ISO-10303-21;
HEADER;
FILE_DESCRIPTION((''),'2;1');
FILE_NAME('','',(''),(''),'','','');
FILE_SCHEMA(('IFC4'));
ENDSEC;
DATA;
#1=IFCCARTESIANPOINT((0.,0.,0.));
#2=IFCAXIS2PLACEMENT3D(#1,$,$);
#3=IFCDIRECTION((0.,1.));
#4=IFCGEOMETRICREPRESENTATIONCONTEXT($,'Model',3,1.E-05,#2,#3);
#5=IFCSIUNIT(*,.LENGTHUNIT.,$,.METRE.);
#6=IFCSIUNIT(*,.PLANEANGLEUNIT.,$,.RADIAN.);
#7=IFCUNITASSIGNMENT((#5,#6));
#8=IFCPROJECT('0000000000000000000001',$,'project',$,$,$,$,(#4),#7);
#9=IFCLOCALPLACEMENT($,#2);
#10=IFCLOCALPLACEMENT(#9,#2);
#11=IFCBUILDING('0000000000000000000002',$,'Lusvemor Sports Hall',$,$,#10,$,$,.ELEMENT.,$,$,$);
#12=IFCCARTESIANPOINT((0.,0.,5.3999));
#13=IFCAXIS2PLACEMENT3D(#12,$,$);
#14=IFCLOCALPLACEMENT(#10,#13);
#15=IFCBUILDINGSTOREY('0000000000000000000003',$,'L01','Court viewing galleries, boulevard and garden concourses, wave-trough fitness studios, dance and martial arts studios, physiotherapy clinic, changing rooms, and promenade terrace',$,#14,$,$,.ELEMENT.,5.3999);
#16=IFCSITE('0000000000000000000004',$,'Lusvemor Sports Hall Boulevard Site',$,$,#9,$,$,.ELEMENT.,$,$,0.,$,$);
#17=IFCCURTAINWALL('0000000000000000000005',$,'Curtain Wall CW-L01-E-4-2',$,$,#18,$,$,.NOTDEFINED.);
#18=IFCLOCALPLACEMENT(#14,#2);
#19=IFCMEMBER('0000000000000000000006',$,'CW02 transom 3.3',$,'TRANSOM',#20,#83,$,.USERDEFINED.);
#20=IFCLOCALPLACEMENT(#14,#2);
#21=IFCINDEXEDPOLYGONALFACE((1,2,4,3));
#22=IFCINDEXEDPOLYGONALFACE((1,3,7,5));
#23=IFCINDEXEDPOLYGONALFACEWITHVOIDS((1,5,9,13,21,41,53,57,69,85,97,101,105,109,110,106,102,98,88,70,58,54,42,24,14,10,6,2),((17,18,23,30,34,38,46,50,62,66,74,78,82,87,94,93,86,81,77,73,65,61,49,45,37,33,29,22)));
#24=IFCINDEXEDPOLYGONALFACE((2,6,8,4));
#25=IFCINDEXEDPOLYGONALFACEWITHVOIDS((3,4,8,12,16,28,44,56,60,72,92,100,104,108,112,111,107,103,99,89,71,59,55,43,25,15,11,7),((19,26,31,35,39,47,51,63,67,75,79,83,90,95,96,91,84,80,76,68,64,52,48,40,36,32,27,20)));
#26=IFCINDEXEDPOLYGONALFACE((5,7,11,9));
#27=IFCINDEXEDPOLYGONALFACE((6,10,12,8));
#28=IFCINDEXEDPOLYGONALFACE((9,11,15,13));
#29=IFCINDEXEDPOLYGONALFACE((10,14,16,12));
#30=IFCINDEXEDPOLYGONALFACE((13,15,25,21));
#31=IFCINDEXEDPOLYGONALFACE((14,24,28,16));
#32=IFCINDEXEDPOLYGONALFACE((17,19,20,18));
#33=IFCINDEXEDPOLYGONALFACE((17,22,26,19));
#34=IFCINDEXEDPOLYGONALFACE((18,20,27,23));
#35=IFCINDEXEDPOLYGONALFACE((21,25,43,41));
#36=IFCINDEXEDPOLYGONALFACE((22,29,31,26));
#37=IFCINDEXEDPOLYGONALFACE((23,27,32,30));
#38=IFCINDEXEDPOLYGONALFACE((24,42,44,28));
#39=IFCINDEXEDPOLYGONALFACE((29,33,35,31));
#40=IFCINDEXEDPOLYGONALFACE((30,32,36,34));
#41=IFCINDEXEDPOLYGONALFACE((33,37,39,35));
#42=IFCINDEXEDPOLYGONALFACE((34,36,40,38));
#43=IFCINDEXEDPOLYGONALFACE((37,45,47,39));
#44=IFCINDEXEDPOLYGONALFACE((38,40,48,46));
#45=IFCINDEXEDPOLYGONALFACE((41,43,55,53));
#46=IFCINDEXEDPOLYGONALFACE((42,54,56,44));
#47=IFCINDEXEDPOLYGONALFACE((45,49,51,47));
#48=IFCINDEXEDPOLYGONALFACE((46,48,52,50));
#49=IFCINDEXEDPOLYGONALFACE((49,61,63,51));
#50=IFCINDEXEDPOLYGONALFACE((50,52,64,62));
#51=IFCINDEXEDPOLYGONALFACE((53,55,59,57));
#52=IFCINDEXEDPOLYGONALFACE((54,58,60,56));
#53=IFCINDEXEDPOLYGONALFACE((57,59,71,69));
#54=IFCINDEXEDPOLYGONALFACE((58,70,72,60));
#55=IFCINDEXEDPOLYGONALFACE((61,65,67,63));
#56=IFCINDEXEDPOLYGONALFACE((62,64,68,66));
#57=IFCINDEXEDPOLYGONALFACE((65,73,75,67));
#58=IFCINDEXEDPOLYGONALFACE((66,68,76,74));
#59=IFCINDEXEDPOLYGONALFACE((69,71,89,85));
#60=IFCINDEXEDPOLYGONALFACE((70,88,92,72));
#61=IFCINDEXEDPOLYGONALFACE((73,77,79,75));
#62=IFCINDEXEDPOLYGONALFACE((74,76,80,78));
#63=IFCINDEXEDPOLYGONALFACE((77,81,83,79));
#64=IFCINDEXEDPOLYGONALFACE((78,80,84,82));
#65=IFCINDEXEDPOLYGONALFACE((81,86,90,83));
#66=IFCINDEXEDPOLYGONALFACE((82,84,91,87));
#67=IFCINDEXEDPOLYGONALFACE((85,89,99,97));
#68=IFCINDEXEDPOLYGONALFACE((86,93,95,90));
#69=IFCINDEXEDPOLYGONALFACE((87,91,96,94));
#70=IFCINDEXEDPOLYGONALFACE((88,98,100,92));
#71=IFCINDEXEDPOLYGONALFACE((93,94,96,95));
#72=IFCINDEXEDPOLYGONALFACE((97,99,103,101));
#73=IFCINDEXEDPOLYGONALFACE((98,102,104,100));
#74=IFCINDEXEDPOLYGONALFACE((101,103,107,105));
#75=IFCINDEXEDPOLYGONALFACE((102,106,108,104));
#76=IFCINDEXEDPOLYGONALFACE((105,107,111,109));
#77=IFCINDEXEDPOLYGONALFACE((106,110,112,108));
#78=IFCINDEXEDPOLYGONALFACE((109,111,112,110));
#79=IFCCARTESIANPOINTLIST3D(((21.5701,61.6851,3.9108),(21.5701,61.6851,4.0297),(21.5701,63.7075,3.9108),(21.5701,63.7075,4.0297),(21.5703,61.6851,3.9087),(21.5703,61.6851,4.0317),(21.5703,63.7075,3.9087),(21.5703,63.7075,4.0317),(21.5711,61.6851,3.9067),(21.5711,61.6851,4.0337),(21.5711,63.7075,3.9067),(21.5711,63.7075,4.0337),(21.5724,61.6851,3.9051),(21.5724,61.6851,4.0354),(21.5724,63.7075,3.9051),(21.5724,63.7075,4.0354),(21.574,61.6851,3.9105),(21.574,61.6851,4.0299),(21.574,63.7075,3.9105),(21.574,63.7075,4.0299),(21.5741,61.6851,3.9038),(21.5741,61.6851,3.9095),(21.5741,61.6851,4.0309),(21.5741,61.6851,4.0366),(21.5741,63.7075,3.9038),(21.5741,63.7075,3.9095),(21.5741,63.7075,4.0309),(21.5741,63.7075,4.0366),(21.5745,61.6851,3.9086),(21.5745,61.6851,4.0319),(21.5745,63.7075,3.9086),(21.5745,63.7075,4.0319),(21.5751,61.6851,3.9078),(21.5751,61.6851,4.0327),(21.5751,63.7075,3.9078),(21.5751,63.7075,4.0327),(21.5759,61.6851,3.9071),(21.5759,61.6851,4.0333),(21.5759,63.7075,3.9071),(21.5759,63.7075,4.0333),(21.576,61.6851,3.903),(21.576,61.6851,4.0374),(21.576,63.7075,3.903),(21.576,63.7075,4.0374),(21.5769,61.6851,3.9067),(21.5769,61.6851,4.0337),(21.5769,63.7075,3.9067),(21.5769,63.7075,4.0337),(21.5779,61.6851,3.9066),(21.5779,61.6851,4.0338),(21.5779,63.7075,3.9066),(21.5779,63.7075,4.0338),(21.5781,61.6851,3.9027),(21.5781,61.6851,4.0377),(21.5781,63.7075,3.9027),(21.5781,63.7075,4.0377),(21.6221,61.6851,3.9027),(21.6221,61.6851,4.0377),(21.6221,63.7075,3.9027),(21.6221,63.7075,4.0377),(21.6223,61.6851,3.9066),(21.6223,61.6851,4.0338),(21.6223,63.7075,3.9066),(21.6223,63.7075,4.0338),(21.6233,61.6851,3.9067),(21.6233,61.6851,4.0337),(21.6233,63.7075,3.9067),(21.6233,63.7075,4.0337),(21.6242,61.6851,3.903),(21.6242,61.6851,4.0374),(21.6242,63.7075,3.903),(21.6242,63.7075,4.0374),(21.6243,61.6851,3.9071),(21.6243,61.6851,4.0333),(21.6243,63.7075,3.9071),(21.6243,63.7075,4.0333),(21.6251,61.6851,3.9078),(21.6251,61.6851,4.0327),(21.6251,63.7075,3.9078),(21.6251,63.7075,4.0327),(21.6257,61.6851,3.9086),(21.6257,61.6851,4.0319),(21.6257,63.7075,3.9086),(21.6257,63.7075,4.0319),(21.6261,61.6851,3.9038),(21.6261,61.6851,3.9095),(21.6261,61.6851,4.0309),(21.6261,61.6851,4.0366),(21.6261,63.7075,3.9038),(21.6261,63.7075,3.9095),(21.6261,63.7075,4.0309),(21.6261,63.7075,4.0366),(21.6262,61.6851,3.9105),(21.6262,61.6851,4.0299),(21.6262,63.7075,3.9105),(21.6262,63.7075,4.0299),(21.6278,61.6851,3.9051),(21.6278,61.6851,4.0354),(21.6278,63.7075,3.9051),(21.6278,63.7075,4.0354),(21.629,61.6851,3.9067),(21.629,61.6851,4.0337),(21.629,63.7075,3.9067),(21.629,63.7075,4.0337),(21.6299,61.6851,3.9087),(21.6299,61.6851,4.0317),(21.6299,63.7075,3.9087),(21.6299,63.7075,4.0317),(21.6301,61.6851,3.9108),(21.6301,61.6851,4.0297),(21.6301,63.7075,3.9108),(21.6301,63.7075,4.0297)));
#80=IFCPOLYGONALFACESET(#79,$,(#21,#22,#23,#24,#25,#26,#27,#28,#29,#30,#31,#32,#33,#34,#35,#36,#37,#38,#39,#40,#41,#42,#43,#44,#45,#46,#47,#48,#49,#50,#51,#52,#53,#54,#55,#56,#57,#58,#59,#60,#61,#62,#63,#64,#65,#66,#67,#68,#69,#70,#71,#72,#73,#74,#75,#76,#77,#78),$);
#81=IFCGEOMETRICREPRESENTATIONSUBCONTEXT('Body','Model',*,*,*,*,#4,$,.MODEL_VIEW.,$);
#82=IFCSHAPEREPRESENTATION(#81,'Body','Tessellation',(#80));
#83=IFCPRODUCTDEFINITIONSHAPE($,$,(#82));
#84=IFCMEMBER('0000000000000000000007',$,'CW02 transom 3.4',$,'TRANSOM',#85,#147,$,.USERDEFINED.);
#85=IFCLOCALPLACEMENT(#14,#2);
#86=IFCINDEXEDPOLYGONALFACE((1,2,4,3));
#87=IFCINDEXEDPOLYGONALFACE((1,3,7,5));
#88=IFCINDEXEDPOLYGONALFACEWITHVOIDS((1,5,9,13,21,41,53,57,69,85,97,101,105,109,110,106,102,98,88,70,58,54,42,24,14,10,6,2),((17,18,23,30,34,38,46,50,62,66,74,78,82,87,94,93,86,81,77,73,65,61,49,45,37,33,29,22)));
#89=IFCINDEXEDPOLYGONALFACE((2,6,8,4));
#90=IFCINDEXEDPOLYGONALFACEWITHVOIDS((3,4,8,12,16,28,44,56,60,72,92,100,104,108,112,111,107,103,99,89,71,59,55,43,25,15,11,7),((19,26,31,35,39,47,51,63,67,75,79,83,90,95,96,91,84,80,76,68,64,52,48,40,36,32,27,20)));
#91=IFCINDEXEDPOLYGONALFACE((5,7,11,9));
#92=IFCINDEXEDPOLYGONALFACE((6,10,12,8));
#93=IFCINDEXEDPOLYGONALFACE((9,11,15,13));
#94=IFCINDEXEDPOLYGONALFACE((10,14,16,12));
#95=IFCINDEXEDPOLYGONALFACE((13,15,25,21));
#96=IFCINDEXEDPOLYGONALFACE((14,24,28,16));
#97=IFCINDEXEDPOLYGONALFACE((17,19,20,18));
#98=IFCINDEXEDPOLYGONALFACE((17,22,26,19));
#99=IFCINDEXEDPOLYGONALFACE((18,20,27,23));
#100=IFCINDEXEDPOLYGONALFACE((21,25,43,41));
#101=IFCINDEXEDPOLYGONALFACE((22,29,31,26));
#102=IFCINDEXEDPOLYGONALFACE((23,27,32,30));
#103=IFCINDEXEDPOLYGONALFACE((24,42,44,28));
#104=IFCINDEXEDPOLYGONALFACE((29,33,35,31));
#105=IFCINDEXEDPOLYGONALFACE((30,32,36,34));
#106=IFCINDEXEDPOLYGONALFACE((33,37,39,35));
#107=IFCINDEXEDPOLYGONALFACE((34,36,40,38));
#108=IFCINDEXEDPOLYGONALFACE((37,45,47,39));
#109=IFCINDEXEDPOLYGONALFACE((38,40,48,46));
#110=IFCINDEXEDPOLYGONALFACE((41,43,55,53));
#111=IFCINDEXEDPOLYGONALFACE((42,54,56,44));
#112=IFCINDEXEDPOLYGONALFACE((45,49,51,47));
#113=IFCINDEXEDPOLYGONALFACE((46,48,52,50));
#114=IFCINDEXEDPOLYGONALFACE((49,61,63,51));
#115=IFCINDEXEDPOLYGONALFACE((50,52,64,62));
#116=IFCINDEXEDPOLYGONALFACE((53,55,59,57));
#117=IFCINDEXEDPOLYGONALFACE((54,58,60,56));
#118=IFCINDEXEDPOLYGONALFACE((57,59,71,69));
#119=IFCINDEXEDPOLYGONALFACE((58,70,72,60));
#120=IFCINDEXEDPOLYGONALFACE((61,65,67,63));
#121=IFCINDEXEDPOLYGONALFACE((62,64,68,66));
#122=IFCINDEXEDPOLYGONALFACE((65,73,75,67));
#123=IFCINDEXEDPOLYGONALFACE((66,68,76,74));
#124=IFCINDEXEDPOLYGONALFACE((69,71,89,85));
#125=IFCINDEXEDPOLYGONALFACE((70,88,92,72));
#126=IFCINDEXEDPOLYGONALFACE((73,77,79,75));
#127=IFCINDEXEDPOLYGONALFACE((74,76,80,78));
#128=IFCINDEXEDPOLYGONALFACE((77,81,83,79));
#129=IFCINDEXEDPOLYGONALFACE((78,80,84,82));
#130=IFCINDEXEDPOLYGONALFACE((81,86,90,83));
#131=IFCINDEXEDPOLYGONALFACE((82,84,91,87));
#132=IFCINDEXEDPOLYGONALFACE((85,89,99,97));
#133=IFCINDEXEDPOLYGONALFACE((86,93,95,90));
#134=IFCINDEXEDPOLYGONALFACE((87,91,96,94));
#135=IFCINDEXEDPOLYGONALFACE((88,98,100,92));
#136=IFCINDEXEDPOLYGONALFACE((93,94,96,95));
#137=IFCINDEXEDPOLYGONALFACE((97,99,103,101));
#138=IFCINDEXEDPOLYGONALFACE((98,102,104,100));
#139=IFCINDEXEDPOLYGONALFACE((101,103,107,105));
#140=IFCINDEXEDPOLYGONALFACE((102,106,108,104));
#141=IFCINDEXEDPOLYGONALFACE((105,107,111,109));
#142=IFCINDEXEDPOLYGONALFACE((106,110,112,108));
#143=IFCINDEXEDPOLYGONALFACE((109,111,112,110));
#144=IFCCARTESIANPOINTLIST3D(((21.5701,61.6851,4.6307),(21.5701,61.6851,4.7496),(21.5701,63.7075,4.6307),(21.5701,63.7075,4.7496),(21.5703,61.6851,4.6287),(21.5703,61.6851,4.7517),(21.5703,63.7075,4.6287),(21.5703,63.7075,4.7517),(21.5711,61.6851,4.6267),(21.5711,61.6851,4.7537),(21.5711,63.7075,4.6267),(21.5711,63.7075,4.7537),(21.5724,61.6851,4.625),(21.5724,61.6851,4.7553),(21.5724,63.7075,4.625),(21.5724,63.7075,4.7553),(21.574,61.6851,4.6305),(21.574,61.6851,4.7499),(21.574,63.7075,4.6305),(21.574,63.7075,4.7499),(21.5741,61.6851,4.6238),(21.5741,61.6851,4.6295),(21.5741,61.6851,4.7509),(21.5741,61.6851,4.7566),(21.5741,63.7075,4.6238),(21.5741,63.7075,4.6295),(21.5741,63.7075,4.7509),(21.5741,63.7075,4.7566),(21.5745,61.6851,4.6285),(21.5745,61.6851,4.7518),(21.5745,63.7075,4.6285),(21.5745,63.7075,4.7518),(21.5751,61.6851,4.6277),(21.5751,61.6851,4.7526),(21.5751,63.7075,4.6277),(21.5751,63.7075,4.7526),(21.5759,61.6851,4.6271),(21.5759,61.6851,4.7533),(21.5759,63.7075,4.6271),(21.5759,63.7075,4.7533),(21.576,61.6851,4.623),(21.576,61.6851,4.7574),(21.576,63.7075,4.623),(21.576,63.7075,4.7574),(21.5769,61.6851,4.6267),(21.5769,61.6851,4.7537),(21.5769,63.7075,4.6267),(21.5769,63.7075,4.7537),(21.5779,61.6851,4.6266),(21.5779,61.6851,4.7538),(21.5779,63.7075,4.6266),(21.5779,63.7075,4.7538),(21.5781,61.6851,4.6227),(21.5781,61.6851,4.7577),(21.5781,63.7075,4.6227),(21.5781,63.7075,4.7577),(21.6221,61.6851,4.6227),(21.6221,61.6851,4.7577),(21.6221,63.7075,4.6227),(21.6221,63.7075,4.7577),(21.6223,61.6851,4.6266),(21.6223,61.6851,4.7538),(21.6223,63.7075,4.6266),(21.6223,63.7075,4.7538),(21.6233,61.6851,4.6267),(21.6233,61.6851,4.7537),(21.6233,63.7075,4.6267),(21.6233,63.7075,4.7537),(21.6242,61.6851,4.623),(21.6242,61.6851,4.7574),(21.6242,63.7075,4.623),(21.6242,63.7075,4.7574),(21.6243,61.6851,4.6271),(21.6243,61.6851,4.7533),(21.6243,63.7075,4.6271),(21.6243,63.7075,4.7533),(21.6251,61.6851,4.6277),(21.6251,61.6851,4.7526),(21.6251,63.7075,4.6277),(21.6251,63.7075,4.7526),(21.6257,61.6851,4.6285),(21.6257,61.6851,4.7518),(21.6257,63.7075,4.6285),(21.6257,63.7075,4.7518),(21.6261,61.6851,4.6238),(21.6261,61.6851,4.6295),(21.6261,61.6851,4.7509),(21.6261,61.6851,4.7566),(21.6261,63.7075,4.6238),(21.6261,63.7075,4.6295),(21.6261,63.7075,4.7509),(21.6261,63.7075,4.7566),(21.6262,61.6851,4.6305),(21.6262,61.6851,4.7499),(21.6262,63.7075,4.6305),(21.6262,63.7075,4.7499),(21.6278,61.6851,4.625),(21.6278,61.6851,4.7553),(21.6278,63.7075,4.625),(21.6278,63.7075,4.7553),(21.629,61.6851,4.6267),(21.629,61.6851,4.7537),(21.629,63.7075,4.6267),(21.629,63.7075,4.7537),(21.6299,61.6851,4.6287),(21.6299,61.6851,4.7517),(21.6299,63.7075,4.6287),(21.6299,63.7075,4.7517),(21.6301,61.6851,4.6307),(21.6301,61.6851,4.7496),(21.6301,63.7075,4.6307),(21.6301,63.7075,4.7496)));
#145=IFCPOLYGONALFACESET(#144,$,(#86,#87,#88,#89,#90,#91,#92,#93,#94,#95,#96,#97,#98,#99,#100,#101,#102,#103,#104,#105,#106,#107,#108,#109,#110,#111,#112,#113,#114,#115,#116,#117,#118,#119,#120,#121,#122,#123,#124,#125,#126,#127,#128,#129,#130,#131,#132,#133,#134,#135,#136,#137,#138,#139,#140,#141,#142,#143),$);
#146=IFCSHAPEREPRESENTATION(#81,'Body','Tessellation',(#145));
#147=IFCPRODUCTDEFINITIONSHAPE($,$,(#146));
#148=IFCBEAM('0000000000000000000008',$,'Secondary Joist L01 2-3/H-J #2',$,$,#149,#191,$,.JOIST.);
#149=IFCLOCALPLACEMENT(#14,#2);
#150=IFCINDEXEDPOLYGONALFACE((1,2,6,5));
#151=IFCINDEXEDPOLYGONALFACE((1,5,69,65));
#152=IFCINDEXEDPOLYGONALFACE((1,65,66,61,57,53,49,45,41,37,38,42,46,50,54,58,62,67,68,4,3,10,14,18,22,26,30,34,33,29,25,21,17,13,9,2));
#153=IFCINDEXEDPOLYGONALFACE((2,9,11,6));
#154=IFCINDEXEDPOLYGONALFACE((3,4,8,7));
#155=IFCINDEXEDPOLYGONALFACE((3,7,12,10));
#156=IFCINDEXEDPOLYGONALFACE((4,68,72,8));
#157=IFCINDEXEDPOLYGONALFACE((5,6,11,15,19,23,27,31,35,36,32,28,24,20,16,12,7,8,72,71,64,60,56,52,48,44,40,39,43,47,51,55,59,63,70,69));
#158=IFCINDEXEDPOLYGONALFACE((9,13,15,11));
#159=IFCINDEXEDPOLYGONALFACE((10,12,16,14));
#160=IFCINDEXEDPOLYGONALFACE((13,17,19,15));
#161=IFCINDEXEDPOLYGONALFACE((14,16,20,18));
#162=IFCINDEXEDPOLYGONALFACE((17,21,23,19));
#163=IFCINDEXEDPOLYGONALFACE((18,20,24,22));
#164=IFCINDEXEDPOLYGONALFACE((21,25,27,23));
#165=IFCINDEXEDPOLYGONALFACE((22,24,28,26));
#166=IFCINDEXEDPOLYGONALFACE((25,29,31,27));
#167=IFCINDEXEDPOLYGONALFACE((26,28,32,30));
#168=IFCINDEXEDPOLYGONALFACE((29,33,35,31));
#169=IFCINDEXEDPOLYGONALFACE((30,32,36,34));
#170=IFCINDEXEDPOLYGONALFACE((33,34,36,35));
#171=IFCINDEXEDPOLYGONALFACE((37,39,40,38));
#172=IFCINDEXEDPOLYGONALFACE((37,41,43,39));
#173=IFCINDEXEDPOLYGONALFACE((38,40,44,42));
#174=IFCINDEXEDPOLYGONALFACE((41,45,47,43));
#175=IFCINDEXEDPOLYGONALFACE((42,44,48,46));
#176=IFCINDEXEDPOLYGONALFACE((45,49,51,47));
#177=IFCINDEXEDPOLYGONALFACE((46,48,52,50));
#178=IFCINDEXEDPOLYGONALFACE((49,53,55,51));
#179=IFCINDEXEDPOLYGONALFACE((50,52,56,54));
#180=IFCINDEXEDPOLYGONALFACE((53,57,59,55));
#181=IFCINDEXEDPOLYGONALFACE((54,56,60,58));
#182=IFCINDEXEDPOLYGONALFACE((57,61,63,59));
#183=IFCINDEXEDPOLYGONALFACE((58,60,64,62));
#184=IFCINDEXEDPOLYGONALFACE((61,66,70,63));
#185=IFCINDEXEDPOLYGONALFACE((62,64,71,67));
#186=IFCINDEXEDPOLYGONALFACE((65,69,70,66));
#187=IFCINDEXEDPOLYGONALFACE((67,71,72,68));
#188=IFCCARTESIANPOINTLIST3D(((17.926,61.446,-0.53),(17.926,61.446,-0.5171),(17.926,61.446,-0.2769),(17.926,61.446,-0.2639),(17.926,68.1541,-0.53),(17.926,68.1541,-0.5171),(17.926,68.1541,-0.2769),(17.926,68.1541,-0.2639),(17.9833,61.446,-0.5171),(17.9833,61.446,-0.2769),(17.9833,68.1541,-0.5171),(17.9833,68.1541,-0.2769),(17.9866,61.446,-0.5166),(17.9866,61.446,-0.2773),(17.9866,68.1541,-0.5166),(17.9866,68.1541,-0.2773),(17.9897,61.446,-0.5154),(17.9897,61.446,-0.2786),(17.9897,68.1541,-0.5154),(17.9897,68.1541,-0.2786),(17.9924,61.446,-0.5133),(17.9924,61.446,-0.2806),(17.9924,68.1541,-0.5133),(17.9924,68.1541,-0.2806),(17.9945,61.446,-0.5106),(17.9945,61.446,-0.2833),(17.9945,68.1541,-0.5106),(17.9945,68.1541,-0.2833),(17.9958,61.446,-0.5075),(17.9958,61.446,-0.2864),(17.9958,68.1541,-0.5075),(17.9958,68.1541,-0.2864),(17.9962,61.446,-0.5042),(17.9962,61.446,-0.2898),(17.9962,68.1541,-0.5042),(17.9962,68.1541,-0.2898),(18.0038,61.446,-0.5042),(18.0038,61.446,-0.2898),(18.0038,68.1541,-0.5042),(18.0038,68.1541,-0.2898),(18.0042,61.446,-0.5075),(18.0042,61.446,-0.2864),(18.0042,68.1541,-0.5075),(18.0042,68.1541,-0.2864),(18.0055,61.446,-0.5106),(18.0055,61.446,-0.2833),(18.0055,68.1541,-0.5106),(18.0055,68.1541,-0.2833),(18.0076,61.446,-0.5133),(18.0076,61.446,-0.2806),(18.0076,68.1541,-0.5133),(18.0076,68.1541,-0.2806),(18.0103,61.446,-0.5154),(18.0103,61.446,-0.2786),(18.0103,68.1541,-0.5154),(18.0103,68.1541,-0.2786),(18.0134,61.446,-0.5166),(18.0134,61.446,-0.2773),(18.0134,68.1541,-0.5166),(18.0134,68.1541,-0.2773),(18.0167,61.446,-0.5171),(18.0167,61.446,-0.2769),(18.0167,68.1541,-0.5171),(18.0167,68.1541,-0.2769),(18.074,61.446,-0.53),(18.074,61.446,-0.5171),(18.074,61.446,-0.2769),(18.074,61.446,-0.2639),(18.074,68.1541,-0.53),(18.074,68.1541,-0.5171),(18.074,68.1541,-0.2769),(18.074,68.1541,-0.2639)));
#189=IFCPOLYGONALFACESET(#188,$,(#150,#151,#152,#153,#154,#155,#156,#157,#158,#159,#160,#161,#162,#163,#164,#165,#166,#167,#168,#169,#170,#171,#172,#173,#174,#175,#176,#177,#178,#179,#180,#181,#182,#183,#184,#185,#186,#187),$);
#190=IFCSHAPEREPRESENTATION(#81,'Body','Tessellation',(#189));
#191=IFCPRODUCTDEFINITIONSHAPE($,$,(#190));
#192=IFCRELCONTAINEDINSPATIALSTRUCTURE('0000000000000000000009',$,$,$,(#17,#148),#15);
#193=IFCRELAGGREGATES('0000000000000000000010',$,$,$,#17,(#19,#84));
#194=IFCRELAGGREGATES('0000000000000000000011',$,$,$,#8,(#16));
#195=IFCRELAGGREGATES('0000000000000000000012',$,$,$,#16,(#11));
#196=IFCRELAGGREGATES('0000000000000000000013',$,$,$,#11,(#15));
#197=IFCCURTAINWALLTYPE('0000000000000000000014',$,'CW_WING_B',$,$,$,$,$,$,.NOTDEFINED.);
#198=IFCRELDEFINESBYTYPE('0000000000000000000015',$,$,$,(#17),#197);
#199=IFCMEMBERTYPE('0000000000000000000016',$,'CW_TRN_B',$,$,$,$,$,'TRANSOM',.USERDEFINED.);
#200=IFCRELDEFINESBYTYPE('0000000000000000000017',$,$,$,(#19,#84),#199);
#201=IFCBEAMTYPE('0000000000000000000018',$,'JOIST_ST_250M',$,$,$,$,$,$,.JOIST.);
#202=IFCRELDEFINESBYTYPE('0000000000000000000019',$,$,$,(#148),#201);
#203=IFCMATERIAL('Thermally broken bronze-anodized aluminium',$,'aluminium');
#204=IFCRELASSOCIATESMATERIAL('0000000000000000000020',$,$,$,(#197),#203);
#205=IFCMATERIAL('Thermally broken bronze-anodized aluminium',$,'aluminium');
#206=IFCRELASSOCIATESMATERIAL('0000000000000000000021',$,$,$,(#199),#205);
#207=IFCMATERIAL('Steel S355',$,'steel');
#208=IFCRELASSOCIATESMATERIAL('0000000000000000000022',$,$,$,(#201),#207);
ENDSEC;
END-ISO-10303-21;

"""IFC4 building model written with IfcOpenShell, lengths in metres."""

from ifc_helpers import new_model, si_unit, direction, frame, origin, origin_2d, place, context, subcontext, project, spatial, hollow_rectangle, i_section, extrude, material, material_profile, profile_set, type_object, element, aggregate, save


model = new_model("IFC4")

# Units and contexts
model_context = context("Model", 3, precision=1e-05, world=origin(), true_north=direction((0.0, 1.0)))
body_context = subcontext(model_context, "Body", "Model", "MODEL_VIEW")
ifc_project = project(units=[si_unit("LENGTHUNIT", "METRE"), si_unit("PLANEANGLEUNIT", "RADIAN")], contexts=[model_context])

# Site, building, storey
site_placement = place(None, origin())
site = spatial("IfcSite", under=ifc_project, at=site_placement, Name="Lusvemor Sports Hall Boulevard Site", CompositionType="ELEMENT", RefElevation=0.0)
building_placement = place(site_placement, origin())
building = spatial("IfcBuilding", under=site, at=building_placement, Name="Lusvemor Sports Hall", CompositionType="ELEMENT")
storey_placement = place(building_placement, frame((0.0, 0.0, 5.3999)))
storey = spatial("IfcBuildingStorey", under=building, at=storey_placement, Name="L01", Description="Court viewing galleries, boulevard and garden concourses, wave-trough fitness studios, dance and martial arts studios, physiotherapy clinic, changing rooms, and promenade terrace", CompositionType="ELEMENT", Elevation=5.3999)

# Curtain wall, members
ifc_material_1 = material(Name="Thermally broken bronze-anodized aluminium", Category="aluminium")
curtain_wall_type = type_object("IfcCurtainWallType", Name="CW_WING_B", PredefinedType="NOTDEFINED", material=ifc_material_1)
curtain_wall_placement = place(storey_placement, origin())
curtain_wall = element("IfcCurtainWall", 1, at=curtain_wall_placement, inside=storey, type_object=curtain_wall_type, Name="Curtain Wall CW-L01-E-4-2", PredefinedType="NOTDEFINED")
ifc_material_2 = material(Name="Thermally broken bronze-anodized aluminium", Category="aluminium")
ifc_material_profile_1 = material_profile(ifc_material_2, hollow_rectangle(XDim=0.0601, YDim=0.135, WallThickness=0.0039, InnerFilletRadius=0.0039, OuterFilletRadius=0.0081, at=origin_2d()), Name="CWTRN135x60x4")
ifc_profile_set_1 = profile_set([ifc_material_profile_1], Name="Thermally broken bronze-anodized aluminium")
member_type_1 = type_object("IfcMemberType", Name="CW_TRN_B", ElementType="TRANSOM", PredefinedType="USERDEFINED", material=ifc_profile_set_1)
member_1_placement = place(storey_placement, frame((21.6001, 63.7075, 3.9702), z_axis=(0.0, -1.0, 0.0), x_axis=(1.0, 0.0, 0.0)))
member_1 = element("IfcMember", 2, at=member_1_placement, type_object=member_type_1, Name="CW02 transom 3.3", ObjectType="TRANSOM", PredefinedType="USERDEFINED", context=body_context, shape_type="SweptSolid", body=[
    extrude(hollow_rectangle(XDim=0.0601, YDim=0.135, WallThickness=0.0039, InnerFilletRadius=0.0039, OuterFilletRadius=0.0081, at=origin_2d()), origin(), (0.0, 0.0, 1.0), 2.0225),
])
member_2_placement = place(storey_placement, frame((21.6001, 63.7075, 4.6902), z_axis=(0.0, -1.0, 0.0), x_axis=(1.0, 0.0, 0.0)))
member_2 = element("IfcMember", 3, at=member_2_placement, type_object=member_type_1, Name="CW02 transom 3.4", ObjectType="TRANSOM", PredefinedType="USERDEFINED", context=body_context, shape_type="SweptSolid", body=[
    extrude(hollow_rectangle(XDim=0.0601, YDim=0.135, WallThickness=0.0039, InnerFilletRadius=0.0039, OuterFilletRadius=0.0081, at=origin_2d()), origin(), (0.0, 0.0, 1.0), 2.0225),
])

# Beam
ifc_material_3 = material(Name="Steel S355", Category="steel")
ifc_material_profile_2 = material_profile(ifc_material_3, i_section(OverallWidth=0.1479, OverallDepth=0.2661, WebThickness=0.0076, FlangeThickness=0.0129, FilletRadius=0.0129, at=origin_2d()), Name="W250x44.8")
ifc_profile_set_2 = profile_set([ifc_material_profile_2], Name="Steel S355")
beam_type_1 = type_object("IfcBeamType", Name="JOIST_ST_250M", PredefinedType="JOIST", material=ifc_profile_set_2)
beam_1_placement = place(storey_placement, frame((18.0, 61.446, -0.397), z_axis=(0.0, 1.0, 0.0), x_axis=(-1.0, 0.0, 0.0)))
element("IfcBeam", 4, at=beam_1_placement, inside=storey, type_object=beam_type_1, Name="Secondary Joist L01 2-3/H-J #2", PredefinedType="JOIST", context=body_context, shape_type="SweptSolid", body=[
    extrude(i_section(OverallWidth=0.1479, OverallDepth=0.2661, WebThickness=0.0076, FlangeThickness=0.0129, FilletRadius=0.0129, at=origin_2d()), origin(), (0.0, 0.0, 1.0), 6.708),
])

aggregate(curtain_wall, [member_1, member_2])

save(model, "model.ifc")
